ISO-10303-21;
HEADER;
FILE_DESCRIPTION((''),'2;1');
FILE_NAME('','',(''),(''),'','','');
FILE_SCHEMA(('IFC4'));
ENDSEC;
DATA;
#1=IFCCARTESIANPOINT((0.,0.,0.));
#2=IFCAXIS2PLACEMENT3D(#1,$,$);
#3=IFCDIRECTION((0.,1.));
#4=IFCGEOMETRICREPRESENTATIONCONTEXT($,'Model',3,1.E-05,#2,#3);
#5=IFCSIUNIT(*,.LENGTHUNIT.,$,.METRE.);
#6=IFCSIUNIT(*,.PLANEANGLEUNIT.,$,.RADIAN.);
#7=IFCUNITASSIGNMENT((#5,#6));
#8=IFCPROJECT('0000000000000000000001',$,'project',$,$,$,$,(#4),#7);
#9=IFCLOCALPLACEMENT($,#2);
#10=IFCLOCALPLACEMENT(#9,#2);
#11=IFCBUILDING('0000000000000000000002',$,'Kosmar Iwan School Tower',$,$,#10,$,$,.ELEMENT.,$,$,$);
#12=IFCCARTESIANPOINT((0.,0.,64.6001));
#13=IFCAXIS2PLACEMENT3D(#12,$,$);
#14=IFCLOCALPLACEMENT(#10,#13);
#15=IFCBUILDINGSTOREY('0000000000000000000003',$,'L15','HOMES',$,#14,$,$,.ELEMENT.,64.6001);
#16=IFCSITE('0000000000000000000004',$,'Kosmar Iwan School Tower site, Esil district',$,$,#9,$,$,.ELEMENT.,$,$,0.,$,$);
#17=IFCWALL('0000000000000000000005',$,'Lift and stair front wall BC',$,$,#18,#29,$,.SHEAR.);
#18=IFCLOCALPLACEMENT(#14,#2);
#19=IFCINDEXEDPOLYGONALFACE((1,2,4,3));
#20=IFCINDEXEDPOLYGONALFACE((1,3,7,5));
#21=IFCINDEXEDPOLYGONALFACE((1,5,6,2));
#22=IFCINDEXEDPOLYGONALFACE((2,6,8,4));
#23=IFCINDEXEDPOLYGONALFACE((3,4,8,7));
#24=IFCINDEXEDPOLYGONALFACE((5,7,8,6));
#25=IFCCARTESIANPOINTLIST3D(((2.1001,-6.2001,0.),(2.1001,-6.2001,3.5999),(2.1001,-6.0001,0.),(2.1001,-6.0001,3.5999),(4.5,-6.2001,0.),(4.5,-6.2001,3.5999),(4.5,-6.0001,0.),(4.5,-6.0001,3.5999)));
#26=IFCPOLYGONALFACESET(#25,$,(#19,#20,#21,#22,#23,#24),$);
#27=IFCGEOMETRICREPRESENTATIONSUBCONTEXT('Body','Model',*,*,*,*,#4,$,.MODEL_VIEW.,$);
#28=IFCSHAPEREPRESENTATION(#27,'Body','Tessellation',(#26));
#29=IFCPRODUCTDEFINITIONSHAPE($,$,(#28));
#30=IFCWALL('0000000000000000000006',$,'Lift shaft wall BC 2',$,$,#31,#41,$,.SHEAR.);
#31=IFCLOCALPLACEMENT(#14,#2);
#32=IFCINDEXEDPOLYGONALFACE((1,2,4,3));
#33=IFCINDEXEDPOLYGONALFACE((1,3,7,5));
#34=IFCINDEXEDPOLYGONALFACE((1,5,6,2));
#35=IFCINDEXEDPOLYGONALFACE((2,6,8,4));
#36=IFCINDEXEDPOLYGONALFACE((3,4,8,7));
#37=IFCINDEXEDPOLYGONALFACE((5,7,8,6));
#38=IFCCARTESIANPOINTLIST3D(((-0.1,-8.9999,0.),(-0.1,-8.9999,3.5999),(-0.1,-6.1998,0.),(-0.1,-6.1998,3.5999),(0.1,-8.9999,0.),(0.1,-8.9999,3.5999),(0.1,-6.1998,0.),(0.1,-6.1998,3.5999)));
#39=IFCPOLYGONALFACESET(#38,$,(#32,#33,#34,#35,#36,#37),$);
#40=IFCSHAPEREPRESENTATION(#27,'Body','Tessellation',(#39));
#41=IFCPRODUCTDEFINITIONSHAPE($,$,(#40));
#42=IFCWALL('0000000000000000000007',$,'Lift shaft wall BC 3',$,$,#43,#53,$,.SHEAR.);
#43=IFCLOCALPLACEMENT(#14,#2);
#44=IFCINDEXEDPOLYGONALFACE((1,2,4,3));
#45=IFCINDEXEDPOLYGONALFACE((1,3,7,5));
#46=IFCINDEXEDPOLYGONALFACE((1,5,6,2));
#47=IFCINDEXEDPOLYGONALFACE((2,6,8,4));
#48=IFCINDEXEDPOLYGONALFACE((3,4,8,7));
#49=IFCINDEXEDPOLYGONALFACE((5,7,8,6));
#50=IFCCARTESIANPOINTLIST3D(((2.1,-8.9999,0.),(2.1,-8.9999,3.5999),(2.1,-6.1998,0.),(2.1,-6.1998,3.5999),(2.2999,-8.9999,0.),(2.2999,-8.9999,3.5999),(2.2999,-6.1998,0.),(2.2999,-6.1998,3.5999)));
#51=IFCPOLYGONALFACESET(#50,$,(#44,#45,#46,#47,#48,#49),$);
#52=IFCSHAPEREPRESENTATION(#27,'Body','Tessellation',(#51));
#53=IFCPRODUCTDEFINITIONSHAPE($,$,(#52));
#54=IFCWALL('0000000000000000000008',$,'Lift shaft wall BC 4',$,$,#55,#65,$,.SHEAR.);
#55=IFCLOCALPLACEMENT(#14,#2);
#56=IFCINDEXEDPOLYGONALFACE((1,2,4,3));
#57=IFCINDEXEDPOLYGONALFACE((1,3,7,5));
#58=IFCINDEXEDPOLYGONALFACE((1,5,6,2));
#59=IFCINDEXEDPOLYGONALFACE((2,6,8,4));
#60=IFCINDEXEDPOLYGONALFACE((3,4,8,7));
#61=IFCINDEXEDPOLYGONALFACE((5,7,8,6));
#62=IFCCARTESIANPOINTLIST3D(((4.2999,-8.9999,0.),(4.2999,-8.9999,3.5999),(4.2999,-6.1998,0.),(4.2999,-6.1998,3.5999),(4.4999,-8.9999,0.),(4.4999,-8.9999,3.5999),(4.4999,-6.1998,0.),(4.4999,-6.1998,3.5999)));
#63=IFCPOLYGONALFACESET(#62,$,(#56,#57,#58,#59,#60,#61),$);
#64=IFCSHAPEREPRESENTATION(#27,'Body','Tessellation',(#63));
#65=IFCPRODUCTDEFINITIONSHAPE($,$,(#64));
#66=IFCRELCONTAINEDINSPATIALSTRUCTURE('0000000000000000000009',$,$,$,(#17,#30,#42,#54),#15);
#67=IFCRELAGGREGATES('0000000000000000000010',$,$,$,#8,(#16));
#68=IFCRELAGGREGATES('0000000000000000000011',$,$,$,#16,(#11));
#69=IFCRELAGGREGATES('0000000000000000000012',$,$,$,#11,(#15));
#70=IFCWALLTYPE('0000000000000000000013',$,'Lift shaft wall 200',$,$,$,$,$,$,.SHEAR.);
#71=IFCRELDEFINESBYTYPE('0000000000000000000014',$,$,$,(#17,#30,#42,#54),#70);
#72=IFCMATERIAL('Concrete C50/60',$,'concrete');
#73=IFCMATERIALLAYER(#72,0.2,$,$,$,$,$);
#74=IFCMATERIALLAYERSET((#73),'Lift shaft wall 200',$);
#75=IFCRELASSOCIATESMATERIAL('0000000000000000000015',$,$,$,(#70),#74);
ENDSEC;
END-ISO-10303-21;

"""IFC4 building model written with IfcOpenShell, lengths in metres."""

from ifc_helpers import new_model, si_unit, direction, frame, frame_2d, origin, place, context, subcontext, project, spatial, rectangle, extrude, material, layer, layer_set, type_object, element, save


model = new_model("IFC4")

# Units and contexts
model_context = context("Model", 3, precision=1e-05, world=origin(), true_north=direction((0.0, 1.0)))
body_context = subcontext(model_context, "Body", "Model", "MODEL_VIEW")
ifc_project = project(units=[si_unit("LENGTHUNIT", "METRE"), si_unit("PLANEANGLEUNIT", "RADIAN")], contexts=[model_context])

# Site, building, storey
site_placement = place(None, origin())
site = spatial("IfcSite", under=ifc_project, at=site_placement, Name="Kosmar Iwan School Tower site, Esil district", CompositionType="ELEMENT", RefElevation=0.0)
building_placement = place(site_placement, origin())
building = spatial("IfcBuilding", under=site, at=building_placement, Name="Kosmar Iwan School Tower", CompositionType="ELEMENT")
storey_placement = place(building_placement, frame((0.0, 0.0, 64.6001)))
storey = spatial("IfcBuildingStorey", under=building, at=storey_placement, Name="L15", Description="HOMES", CompositionType="ELEMENT", Elevation=64.6001)

# Walls
ifc_material_1 = material(Name="Concrete C50/60", Category="concrete")
ifc_layer_1 = layer(ifc_material_1, 0.2)
ifc_layer_set_1 = layer_set([ifc_layer_1], Name="Lift shaft wall 200")
wall_type_1 = type_object("IfcWallType", Name="Lift shaft wall 200", PredefinedType="SHEAR", material=ifc_layer_set_1)
wall_1_placement = place(storey_placement, frame((2.1001, -6.1001, 0.0), z_axis=(0.0, 0.0, 1.0), x_axis=(1.0, 0.0, 0.0)))
element("IfcWall", 1, at=wall_1_placement, inside=storey, type_object=wall_type_1, Name="Lift and stair front wall BC", PredefinedType="SHEAR", context=body_context, shape_type="SweptSolid", body=[
    extrude(rectangle(XDim=2.3999, YDim=0.2, at=frame_2d((1.2, 0.0))), origin(), (0.0, 0.0, 1.0), 3.5999),
])
for number, where, z_axis, x_axis, name in (
    (2, (0.0, -6.2, 0.0), (0.0, 0.0, 1.0), (0.0, -1.0, 0.0), "Lift shaft wall BC 2"),
    (3, (2.2, -6.2, 0.0), (0.0, 0.0, 1.0), (0.0, -1.0, 0.0), "Lift shaft wall BC 3"),
    (4, (4.3999, -6.2, 0.0), (0.0, 0.0, 1.0), (0.0, -1.0, 0.0), "Lift shaft wall BC 4"),
):
    element("IfcWall", number, at=place(storey_placement, frame(where, z_axis=z_axis, x_axis=x_axis)), inside=storey, type_object=wall_type_1, Name=name, PredefinedType="SHEAR", context=body_context, shape_type="SweptSolid", body=[
        extrude(rectangle(XDim=2.8, YDim=0.2, at=frame_2d((1.3999, 0.0))), origin(), (0.0, 0.0, 1.0), 3.5999),
    ])

save(model, "model.ifc")
